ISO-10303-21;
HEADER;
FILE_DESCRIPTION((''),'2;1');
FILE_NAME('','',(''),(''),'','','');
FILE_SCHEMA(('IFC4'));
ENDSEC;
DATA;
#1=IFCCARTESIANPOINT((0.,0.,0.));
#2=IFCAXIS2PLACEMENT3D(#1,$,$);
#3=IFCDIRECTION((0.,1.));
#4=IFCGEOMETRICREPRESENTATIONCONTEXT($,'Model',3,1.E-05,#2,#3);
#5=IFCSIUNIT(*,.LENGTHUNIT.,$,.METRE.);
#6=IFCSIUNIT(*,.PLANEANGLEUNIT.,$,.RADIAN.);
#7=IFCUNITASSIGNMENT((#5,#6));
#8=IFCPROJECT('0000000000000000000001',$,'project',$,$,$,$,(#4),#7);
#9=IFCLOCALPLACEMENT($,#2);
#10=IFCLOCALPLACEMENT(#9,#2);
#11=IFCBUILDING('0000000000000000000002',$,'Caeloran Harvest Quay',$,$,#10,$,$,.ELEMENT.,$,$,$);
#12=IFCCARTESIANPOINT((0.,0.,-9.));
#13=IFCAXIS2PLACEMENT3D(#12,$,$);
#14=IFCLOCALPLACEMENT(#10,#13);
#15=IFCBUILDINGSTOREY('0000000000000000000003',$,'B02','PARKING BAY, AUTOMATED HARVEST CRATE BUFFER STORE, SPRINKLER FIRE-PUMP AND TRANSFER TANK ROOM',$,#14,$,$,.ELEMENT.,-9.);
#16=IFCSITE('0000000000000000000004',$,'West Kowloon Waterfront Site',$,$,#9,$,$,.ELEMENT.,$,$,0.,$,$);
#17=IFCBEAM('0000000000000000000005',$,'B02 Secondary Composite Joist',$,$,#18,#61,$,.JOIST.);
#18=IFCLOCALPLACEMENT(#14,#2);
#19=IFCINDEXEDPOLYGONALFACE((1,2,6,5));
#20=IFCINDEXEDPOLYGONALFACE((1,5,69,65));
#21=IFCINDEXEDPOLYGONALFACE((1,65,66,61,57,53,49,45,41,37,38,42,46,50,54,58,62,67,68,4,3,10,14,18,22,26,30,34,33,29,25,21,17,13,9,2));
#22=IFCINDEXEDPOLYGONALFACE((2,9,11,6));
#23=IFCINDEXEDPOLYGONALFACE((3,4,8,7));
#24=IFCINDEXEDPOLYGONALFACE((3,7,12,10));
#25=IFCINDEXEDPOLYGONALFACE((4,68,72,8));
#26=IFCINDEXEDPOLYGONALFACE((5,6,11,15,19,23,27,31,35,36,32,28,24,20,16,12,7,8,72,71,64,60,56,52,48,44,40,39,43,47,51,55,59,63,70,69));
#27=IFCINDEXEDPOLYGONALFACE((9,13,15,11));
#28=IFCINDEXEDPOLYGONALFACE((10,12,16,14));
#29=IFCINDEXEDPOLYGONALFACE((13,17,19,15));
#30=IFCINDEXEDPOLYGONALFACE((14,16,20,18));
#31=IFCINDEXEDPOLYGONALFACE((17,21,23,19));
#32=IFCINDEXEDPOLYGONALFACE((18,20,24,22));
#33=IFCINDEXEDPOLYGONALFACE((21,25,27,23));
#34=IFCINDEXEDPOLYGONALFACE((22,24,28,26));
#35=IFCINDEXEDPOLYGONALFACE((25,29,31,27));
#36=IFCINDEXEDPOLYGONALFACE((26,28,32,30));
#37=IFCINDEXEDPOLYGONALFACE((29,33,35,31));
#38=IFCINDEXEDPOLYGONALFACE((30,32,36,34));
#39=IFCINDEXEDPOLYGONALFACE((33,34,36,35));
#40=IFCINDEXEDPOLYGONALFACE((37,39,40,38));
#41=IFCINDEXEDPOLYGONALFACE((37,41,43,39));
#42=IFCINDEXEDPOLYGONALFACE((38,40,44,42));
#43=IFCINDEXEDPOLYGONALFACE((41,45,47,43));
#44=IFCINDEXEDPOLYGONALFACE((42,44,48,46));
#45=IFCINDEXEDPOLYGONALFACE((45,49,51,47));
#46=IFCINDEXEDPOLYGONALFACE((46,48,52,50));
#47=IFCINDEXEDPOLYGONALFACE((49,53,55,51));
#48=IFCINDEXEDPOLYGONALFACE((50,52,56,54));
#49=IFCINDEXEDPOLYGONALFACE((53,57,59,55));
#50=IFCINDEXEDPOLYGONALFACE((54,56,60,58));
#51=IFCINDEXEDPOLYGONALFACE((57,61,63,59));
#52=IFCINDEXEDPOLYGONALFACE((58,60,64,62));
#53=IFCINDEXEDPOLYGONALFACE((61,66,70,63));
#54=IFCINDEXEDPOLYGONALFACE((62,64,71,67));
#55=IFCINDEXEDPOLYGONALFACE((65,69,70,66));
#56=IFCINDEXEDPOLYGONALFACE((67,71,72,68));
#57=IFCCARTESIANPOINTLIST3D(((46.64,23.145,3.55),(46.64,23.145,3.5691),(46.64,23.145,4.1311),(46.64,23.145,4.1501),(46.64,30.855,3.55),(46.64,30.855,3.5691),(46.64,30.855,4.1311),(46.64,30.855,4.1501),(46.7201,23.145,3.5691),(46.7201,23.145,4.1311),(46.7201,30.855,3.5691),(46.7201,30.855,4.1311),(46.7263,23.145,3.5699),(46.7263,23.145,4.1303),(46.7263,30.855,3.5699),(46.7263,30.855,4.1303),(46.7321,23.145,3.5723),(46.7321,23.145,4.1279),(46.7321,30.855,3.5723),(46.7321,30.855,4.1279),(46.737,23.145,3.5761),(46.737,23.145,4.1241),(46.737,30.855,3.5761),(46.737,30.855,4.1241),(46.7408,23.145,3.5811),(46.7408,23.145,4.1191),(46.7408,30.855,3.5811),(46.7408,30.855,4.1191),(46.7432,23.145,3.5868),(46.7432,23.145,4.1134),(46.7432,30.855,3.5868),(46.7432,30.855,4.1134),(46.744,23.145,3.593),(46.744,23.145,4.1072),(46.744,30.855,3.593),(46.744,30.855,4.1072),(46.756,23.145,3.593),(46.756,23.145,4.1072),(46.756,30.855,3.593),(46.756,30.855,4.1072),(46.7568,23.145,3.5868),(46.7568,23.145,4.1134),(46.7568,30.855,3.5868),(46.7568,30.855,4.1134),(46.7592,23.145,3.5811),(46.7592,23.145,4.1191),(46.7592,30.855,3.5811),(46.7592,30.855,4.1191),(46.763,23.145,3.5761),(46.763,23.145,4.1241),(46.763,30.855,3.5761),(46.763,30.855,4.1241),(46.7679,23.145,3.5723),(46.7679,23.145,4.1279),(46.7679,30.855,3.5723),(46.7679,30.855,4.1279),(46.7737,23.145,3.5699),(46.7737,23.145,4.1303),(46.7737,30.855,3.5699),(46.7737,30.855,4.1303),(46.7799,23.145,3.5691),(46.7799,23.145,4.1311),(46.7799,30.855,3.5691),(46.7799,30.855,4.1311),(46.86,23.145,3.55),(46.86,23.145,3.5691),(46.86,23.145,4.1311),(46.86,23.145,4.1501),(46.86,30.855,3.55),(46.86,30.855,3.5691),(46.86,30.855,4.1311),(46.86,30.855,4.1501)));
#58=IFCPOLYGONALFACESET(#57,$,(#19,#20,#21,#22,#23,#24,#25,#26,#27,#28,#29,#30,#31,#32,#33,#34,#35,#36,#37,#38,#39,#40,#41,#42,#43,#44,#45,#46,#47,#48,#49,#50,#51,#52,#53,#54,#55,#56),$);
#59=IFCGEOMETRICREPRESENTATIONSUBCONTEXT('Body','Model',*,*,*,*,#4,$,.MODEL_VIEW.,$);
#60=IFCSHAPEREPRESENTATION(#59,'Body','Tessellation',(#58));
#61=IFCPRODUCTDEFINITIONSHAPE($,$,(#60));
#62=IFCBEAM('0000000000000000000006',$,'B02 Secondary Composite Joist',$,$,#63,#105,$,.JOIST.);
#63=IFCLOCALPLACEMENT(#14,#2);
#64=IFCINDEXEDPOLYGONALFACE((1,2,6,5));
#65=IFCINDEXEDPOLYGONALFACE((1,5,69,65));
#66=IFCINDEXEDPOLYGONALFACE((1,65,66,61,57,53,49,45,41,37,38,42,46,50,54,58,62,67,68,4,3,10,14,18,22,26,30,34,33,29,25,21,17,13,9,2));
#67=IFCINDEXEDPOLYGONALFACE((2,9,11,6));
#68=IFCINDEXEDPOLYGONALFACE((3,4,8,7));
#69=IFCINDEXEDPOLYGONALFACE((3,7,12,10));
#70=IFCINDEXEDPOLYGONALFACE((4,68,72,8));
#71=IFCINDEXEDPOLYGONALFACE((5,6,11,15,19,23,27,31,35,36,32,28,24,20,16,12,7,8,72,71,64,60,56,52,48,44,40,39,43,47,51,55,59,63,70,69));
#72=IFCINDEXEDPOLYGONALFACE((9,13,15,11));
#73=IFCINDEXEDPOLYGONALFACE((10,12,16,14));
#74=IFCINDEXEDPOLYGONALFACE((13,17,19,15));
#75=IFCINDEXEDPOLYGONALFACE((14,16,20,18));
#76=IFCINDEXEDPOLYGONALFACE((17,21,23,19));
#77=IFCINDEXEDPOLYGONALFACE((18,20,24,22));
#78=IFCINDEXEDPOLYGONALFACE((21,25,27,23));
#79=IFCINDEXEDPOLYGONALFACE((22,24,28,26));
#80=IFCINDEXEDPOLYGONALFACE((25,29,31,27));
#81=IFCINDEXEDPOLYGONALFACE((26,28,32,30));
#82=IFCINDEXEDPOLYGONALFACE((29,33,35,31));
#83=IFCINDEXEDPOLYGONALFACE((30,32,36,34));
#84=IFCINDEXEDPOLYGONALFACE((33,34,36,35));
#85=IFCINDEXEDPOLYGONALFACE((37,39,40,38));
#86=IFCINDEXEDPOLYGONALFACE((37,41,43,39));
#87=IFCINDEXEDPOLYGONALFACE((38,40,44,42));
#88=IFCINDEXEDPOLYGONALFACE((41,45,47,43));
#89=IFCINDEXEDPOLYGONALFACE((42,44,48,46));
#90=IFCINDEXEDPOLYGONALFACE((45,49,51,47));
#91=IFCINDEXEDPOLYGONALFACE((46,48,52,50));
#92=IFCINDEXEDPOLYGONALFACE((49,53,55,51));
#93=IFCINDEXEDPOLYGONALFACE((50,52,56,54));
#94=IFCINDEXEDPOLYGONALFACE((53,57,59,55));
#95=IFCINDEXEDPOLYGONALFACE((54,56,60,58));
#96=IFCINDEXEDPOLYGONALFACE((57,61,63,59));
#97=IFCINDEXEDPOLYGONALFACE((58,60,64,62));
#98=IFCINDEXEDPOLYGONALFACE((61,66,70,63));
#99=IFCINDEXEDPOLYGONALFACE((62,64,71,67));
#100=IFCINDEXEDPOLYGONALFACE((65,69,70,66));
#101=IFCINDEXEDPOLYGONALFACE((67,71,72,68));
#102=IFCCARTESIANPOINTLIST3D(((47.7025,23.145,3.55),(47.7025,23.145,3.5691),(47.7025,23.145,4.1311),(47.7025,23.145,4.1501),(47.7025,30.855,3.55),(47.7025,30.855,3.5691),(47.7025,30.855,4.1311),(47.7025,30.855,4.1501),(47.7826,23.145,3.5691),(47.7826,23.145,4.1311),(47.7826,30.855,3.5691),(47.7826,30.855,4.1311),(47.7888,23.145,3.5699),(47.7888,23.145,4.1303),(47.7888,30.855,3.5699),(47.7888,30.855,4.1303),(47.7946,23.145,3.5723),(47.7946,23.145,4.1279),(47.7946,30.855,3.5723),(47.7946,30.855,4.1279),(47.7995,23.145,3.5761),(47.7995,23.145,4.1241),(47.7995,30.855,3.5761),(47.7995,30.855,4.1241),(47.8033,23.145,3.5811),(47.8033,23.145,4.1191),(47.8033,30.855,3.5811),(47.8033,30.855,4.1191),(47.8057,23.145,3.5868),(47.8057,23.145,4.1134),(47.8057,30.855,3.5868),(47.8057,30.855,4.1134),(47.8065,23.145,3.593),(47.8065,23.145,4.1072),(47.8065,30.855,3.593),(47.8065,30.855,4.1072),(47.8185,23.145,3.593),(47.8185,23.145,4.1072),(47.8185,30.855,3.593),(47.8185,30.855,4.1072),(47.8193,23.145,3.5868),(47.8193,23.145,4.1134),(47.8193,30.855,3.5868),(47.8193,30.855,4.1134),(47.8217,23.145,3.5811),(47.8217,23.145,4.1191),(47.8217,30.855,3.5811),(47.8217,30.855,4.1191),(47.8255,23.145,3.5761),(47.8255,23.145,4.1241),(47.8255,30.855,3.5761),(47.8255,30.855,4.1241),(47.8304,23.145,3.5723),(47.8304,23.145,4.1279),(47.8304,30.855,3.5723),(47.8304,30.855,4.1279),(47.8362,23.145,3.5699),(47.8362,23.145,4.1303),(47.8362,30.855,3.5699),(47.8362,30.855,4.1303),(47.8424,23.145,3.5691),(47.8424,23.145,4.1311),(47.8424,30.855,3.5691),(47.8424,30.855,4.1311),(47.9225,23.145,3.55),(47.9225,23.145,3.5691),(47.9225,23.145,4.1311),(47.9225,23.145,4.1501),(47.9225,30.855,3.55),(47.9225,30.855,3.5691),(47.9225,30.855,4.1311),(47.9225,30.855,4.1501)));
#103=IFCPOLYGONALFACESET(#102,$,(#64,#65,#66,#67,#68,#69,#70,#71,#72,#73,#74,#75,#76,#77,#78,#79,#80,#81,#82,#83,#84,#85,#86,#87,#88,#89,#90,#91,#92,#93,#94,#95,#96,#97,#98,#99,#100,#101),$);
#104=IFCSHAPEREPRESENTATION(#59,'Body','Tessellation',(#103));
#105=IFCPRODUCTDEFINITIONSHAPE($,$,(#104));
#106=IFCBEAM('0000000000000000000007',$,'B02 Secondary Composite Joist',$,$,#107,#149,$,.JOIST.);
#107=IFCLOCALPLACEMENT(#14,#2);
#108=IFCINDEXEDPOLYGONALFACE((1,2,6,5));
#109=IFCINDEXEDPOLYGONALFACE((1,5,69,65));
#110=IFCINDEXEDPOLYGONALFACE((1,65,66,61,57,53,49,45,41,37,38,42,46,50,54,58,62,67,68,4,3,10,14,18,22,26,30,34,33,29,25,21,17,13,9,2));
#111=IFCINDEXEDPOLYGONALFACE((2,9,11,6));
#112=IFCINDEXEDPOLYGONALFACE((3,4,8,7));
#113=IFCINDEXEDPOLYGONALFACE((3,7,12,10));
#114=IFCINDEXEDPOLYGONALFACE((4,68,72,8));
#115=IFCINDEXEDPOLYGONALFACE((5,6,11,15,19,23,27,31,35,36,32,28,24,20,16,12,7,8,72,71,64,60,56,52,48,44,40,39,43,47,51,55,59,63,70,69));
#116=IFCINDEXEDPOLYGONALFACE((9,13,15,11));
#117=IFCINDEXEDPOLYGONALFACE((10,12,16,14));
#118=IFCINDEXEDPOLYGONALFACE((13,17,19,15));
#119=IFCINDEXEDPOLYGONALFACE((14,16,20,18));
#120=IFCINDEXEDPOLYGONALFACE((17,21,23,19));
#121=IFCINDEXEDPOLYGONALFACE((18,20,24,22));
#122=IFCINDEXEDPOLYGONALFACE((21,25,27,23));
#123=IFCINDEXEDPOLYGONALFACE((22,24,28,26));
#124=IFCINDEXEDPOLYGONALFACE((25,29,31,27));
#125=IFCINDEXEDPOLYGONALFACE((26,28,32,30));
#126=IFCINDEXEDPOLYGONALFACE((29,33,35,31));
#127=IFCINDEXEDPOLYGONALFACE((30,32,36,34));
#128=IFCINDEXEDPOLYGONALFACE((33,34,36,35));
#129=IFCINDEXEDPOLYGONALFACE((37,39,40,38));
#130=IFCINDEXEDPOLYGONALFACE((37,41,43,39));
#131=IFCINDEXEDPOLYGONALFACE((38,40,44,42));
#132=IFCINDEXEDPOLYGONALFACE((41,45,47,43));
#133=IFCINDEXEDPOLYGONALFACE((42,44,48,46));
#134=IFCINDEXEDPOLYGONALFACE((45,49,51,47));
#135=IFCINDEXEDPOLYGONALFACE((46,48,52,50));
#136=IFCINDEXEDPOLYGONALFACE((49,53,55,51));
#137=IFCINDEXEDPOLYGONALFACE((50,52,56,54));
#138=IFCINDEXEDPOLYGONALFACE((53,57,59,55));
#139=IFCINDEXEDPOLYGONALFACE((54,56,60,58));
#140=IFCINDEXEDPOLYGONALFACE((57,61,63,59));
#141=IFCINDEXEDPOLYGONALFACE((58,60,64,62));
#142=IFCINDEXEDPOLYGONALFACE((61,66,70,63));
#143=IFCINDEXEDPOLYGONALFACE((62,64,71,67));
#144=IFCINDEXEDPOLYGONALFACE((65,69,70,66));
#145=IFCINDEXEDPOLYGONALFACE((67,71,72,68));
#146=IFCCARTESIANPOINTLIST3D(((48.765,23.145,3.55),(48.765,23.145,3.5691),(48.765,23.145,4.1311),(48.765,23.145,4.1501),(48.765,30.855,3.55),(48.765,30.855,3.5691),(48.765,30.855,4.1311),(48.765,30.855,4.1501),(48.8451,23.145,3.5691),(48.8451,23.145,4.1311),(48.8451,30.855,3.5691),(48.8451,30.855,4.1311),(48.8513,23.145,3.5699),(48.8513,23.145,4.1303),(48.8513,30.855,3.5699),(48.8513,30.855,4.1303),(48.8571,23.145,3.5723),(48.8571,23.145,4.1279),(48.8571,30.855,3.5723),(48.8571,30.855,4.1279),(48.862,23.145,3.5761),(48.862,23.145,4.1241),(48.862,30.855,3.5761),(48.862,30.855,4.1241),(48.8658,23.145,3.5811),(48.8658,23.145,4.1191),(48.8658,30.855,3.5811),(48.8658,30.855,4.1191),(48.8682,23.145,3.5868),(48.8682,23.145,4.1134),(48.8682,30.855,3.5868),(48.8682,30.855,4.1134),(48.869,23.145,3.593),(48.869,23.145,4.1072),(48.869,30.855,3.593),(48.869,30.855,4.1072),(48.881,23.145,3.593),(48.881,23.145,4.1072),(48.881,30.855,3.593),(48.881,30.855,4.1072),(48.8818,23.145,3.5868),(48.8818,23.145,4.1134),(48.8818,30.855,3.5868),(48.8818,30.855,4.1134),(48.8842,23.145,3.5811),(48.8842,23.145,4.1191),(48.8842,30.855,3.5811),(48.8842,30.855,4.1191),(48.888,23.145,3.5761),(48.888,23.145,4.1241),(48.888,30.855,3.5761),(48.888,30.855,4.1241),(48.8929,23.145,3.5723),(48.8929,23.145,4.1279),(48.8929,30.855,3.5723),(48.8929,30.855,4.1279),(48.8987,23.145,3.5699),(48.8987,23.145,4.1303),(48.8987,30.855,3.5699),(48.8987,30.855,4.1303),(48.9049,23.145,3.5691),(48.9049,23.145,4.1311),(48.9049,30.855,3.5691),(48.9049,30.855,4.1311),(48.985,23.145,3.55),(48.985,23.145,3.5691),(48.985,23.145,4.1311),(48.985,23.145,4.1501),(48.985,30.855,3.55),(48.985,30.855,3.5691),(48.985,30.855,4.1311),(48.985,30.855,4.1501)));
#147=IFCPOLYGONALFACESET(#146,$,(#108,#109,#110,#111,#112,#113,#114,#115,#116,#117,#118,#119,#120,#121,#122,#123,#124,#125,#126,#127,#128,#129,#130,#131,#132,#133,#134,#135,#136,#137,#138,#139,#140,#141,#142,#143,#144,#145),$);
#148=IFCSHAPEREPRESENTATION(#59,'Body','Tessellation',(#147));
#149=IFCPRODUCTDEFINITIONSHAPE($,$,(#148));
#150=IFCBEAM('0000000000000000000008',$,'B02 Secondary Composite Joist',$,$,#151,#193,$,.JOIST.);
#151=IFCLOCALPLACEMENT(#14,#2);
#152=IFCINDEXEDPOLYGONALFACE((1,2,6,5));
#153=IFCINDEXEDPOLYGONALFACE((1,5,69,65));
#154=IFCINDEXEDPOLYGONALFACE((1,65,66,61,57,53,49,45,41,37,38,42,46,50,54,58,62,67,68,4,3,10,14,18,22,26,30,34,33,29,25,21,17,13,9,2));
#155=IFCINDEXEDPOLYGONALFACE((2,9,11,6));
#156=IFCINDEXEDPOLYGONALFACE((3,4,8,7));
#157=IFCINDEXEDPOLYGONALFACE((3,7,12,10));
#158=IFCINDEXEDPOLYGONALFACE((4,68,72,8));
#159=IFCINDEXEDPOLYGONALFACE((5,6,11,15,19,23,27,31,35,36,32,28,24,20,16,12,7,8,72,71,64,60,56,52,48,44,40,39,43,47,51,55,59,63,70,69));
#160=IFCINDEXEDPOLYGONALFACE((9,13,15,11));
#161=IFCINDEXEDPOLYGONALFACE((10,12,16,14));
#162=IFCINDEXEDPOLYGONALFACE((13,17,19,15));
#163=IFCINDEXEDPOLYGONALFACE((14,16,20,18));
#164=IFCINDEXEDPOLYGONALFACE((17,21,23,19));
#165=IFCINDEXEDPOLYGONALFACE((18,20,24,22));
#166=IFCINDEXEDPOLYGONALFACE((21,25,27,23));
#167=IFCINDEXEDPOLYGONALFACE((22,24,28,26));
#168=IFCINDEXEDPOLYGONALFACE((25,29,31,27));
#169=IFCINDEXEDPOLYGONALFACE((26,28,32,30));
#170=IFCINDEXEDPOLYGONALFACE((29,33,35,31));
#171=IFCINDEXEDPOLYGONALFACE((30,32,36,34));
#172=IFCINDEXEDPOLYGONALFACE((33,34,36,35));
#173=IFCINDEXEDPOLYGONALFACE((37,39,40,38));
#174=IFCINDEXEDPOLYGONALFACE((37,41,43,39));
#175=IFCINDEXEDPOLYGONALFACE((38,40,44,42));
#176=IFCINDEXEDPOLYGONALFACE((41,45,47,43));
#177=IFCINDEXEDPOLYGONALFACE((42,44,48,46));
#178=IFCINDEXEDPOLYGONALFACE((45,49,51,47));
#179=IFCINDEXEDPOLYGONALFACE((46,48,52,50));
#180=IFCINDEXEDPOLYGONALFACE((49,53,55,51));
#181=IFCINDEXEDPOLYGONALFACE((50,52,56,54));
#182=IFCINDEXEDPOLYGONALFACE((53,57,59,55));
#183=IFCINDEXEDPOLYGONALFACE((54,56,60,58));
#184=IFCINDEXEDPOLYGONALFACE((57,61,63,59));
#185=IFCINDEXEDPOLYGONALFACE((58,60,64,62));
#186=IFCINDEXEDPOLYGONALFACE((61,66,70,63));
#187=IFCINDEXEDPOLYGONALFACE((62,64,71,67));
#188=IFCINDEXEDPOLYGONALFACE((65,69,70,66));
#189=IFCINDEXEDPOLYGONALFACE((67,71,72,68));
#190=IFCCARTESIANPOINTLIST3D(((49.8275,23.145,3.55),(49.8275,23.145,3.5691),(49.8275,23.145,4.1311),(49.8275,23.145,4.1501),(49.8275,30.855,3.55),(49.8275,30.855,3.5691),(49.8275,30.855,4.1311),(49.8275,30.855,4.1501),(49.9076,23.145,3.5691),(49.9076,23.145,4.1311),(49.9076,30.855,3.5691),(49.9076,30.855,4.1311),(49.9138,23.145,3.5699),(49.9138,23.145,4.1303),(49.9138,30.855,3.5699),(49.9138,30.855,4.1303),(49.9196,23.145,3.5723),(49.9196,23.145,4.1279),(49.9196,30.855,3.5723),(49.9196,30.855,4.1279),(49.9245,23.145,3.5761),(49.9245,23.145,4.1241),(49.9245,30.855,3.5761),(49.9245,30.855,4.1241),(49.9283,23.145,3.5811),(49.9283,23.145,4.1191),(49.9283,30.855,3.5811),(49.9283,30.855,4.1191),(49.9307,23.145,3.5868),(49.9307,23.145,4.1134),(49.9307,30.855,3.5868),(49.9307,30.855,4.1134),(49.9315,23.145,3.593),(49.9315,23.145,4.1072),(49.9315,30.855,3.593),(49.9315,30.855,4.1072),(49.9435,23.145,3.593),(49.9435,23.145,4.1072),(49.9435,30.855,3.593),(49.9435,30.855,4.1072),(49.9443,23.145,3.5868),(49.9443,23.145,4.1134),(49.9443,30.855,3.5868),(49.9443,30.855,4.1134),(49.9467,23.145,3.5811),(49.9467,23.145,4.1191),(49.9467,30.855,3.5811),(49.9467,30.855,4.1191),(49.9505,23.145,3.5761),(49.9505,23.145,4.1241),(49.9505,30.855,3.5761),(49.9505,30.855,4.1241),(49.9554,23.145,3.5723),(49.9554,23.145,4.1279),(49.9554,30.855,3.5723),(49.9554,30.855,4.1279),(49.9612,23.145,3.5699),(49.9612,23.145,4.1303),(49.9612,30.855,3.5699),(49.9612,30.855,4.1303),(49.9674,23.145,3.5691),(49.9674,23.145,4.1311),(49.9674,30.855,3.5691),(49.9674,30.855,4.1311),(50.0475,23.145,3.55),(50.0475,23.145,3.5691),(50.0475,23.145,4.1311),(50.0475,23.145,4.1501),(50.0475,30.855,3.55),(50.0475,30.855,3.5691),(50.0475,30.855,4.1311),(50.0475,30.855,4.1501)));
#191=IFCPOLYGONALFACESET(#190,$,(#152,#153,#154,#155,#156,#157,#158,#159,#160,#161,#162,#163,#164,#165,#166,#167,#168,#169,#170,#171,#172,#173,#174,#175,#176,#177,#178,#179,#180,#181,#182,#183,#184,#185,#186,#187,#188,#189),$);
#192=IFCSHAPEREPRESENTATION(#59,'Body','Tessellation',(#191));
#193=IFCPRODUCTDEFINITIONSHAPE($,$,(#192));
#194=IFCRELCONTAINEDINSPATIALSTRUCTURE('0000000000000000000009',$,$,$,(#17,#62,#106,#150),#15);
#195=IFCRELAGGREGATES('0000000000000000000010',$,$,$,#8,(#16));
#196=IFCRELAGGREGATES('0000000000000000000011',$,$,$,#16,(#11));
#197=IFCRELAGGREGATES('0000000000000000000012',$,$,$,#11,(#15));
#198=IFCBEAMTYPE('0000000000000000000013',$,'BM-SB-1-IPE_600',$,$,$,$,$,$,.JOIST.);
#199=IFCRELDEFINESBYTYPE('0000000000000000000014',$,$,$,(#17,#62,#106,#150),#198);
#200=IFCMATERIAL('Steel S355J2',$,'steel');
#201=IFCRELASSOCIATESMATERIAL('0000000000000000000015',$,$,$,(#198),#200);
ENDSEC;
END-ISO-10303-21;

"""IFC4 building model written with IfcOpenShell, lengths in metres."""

from ifc_helpers import new_model, si_unit, direction, frame, origin, origin_2d, place, context, subcontext, project, spatial, i_section, extrude, material, material_profile, profile_set, type_object, element, save


model = new_model("IFC4")

# Units and contexts
model_context = context("Model", 3, precision=1e-05, world=origin(), true_north=direction((0.0, 1.0)))
body_context = subcontext(model_context, "Body", "Model", "MODEL_VIEW")
ifc_project = project(units=[si_unit("LENGTHUNIT", "METRE"), si_unit("PLANEANGLEUNIT", "RADIAN")], contexts=[model_context])

# Site, building, storey
site_placement = place(None, origin())
site = spatial("IfcSite", under=ifc_project, at=site_placement, Name="West Kowloon Waterfront Site", CompositionType="ELEMENT", RefElevation=0.0)
building_placement = place(site_placement, origin())
building = spatial("IfcBuilding", under=site, at=building_placement, Name="Caeloran Harvest Quay", CompositionType="ELEMENT")
storey_placement = place(building_placement, frame((0.0, 0.0, -9.0)))
storey = spatial("IfcBuildingStorey", under=building, at=storey_placement, Name="B02", Description="PARKING BAY, AUTOMATED HARVEST CRATE BUFFER STORE, SPRINKLER FIRE-PUMP AND TRANSFER TANK ROOM", CompositionType="ELEMENT", Elevation=-9.0)

# Beams
ifc_material_1 = material(Name="Steel S355J2", Category="steel")
ifc_material_profile_1 = material_profile(ifc_material_1, i_section(OverallWidth=0.22, OverallDepth=0.6001, WebThickness=0.012, FlangeThickness=0.019, FilletRadius=0.0239, at=origin_2d()), Name="IPE 600")
ifc_profile_set_1 = profile_set([ifc_material_profile_1], Name="Steel S355J2")
beam_type_1 = type_object("IfcBeamType", Name="BM-SB-1-IPE_600", PredefinedType="JOIST", material=ifc_profile_set_1)
for number, where, z_axis, x_axis, name in (
    (1, (46.75, 23.145, 3.8501), (0.0, 1.0, 0.0), (-1.0, 0.0, 0.0), "B02 Secondary Composite Joist"),
    (2, (47.8125, 23.145, 3.8501), (0.0, 1.0, 0.0), (-1.0, 0.0, 0.0), "B02 Secondary Composite Joist"),
    (3, (48.875, 23.145, 3.8501), (0.0, 1.0, 0.0), (-1.0, 0.0, 0.0), "B02 Secondary Composite Joist"),
    (4, (49.9375, 23.145, 3.8501), (0.0, 1.0, 0.0), (-1.0, 0.0, 0.0), "B02 Secondary Composite Joist"),
):
    element("IfcBeam", number, at=place(storey_placement, frame(where, z_axis=z_axis, x_axis=x_axis)), inside=storey, type_object=beam_type_1, Name=name, PredefinedType="JOIST", context=body_context, shape_type="SweptSolid", body=[
        extrude(i_section(OverallWidth=0.22, OverallDepth=0.6001, WebThickness=0.012, FlangeThickness=0.019, FilletRadius=0.0239, at=origin_2d()), origin(), (0.0, 0.0, 1.0), 7.71),
    ])

save(model, "model.ifc")
